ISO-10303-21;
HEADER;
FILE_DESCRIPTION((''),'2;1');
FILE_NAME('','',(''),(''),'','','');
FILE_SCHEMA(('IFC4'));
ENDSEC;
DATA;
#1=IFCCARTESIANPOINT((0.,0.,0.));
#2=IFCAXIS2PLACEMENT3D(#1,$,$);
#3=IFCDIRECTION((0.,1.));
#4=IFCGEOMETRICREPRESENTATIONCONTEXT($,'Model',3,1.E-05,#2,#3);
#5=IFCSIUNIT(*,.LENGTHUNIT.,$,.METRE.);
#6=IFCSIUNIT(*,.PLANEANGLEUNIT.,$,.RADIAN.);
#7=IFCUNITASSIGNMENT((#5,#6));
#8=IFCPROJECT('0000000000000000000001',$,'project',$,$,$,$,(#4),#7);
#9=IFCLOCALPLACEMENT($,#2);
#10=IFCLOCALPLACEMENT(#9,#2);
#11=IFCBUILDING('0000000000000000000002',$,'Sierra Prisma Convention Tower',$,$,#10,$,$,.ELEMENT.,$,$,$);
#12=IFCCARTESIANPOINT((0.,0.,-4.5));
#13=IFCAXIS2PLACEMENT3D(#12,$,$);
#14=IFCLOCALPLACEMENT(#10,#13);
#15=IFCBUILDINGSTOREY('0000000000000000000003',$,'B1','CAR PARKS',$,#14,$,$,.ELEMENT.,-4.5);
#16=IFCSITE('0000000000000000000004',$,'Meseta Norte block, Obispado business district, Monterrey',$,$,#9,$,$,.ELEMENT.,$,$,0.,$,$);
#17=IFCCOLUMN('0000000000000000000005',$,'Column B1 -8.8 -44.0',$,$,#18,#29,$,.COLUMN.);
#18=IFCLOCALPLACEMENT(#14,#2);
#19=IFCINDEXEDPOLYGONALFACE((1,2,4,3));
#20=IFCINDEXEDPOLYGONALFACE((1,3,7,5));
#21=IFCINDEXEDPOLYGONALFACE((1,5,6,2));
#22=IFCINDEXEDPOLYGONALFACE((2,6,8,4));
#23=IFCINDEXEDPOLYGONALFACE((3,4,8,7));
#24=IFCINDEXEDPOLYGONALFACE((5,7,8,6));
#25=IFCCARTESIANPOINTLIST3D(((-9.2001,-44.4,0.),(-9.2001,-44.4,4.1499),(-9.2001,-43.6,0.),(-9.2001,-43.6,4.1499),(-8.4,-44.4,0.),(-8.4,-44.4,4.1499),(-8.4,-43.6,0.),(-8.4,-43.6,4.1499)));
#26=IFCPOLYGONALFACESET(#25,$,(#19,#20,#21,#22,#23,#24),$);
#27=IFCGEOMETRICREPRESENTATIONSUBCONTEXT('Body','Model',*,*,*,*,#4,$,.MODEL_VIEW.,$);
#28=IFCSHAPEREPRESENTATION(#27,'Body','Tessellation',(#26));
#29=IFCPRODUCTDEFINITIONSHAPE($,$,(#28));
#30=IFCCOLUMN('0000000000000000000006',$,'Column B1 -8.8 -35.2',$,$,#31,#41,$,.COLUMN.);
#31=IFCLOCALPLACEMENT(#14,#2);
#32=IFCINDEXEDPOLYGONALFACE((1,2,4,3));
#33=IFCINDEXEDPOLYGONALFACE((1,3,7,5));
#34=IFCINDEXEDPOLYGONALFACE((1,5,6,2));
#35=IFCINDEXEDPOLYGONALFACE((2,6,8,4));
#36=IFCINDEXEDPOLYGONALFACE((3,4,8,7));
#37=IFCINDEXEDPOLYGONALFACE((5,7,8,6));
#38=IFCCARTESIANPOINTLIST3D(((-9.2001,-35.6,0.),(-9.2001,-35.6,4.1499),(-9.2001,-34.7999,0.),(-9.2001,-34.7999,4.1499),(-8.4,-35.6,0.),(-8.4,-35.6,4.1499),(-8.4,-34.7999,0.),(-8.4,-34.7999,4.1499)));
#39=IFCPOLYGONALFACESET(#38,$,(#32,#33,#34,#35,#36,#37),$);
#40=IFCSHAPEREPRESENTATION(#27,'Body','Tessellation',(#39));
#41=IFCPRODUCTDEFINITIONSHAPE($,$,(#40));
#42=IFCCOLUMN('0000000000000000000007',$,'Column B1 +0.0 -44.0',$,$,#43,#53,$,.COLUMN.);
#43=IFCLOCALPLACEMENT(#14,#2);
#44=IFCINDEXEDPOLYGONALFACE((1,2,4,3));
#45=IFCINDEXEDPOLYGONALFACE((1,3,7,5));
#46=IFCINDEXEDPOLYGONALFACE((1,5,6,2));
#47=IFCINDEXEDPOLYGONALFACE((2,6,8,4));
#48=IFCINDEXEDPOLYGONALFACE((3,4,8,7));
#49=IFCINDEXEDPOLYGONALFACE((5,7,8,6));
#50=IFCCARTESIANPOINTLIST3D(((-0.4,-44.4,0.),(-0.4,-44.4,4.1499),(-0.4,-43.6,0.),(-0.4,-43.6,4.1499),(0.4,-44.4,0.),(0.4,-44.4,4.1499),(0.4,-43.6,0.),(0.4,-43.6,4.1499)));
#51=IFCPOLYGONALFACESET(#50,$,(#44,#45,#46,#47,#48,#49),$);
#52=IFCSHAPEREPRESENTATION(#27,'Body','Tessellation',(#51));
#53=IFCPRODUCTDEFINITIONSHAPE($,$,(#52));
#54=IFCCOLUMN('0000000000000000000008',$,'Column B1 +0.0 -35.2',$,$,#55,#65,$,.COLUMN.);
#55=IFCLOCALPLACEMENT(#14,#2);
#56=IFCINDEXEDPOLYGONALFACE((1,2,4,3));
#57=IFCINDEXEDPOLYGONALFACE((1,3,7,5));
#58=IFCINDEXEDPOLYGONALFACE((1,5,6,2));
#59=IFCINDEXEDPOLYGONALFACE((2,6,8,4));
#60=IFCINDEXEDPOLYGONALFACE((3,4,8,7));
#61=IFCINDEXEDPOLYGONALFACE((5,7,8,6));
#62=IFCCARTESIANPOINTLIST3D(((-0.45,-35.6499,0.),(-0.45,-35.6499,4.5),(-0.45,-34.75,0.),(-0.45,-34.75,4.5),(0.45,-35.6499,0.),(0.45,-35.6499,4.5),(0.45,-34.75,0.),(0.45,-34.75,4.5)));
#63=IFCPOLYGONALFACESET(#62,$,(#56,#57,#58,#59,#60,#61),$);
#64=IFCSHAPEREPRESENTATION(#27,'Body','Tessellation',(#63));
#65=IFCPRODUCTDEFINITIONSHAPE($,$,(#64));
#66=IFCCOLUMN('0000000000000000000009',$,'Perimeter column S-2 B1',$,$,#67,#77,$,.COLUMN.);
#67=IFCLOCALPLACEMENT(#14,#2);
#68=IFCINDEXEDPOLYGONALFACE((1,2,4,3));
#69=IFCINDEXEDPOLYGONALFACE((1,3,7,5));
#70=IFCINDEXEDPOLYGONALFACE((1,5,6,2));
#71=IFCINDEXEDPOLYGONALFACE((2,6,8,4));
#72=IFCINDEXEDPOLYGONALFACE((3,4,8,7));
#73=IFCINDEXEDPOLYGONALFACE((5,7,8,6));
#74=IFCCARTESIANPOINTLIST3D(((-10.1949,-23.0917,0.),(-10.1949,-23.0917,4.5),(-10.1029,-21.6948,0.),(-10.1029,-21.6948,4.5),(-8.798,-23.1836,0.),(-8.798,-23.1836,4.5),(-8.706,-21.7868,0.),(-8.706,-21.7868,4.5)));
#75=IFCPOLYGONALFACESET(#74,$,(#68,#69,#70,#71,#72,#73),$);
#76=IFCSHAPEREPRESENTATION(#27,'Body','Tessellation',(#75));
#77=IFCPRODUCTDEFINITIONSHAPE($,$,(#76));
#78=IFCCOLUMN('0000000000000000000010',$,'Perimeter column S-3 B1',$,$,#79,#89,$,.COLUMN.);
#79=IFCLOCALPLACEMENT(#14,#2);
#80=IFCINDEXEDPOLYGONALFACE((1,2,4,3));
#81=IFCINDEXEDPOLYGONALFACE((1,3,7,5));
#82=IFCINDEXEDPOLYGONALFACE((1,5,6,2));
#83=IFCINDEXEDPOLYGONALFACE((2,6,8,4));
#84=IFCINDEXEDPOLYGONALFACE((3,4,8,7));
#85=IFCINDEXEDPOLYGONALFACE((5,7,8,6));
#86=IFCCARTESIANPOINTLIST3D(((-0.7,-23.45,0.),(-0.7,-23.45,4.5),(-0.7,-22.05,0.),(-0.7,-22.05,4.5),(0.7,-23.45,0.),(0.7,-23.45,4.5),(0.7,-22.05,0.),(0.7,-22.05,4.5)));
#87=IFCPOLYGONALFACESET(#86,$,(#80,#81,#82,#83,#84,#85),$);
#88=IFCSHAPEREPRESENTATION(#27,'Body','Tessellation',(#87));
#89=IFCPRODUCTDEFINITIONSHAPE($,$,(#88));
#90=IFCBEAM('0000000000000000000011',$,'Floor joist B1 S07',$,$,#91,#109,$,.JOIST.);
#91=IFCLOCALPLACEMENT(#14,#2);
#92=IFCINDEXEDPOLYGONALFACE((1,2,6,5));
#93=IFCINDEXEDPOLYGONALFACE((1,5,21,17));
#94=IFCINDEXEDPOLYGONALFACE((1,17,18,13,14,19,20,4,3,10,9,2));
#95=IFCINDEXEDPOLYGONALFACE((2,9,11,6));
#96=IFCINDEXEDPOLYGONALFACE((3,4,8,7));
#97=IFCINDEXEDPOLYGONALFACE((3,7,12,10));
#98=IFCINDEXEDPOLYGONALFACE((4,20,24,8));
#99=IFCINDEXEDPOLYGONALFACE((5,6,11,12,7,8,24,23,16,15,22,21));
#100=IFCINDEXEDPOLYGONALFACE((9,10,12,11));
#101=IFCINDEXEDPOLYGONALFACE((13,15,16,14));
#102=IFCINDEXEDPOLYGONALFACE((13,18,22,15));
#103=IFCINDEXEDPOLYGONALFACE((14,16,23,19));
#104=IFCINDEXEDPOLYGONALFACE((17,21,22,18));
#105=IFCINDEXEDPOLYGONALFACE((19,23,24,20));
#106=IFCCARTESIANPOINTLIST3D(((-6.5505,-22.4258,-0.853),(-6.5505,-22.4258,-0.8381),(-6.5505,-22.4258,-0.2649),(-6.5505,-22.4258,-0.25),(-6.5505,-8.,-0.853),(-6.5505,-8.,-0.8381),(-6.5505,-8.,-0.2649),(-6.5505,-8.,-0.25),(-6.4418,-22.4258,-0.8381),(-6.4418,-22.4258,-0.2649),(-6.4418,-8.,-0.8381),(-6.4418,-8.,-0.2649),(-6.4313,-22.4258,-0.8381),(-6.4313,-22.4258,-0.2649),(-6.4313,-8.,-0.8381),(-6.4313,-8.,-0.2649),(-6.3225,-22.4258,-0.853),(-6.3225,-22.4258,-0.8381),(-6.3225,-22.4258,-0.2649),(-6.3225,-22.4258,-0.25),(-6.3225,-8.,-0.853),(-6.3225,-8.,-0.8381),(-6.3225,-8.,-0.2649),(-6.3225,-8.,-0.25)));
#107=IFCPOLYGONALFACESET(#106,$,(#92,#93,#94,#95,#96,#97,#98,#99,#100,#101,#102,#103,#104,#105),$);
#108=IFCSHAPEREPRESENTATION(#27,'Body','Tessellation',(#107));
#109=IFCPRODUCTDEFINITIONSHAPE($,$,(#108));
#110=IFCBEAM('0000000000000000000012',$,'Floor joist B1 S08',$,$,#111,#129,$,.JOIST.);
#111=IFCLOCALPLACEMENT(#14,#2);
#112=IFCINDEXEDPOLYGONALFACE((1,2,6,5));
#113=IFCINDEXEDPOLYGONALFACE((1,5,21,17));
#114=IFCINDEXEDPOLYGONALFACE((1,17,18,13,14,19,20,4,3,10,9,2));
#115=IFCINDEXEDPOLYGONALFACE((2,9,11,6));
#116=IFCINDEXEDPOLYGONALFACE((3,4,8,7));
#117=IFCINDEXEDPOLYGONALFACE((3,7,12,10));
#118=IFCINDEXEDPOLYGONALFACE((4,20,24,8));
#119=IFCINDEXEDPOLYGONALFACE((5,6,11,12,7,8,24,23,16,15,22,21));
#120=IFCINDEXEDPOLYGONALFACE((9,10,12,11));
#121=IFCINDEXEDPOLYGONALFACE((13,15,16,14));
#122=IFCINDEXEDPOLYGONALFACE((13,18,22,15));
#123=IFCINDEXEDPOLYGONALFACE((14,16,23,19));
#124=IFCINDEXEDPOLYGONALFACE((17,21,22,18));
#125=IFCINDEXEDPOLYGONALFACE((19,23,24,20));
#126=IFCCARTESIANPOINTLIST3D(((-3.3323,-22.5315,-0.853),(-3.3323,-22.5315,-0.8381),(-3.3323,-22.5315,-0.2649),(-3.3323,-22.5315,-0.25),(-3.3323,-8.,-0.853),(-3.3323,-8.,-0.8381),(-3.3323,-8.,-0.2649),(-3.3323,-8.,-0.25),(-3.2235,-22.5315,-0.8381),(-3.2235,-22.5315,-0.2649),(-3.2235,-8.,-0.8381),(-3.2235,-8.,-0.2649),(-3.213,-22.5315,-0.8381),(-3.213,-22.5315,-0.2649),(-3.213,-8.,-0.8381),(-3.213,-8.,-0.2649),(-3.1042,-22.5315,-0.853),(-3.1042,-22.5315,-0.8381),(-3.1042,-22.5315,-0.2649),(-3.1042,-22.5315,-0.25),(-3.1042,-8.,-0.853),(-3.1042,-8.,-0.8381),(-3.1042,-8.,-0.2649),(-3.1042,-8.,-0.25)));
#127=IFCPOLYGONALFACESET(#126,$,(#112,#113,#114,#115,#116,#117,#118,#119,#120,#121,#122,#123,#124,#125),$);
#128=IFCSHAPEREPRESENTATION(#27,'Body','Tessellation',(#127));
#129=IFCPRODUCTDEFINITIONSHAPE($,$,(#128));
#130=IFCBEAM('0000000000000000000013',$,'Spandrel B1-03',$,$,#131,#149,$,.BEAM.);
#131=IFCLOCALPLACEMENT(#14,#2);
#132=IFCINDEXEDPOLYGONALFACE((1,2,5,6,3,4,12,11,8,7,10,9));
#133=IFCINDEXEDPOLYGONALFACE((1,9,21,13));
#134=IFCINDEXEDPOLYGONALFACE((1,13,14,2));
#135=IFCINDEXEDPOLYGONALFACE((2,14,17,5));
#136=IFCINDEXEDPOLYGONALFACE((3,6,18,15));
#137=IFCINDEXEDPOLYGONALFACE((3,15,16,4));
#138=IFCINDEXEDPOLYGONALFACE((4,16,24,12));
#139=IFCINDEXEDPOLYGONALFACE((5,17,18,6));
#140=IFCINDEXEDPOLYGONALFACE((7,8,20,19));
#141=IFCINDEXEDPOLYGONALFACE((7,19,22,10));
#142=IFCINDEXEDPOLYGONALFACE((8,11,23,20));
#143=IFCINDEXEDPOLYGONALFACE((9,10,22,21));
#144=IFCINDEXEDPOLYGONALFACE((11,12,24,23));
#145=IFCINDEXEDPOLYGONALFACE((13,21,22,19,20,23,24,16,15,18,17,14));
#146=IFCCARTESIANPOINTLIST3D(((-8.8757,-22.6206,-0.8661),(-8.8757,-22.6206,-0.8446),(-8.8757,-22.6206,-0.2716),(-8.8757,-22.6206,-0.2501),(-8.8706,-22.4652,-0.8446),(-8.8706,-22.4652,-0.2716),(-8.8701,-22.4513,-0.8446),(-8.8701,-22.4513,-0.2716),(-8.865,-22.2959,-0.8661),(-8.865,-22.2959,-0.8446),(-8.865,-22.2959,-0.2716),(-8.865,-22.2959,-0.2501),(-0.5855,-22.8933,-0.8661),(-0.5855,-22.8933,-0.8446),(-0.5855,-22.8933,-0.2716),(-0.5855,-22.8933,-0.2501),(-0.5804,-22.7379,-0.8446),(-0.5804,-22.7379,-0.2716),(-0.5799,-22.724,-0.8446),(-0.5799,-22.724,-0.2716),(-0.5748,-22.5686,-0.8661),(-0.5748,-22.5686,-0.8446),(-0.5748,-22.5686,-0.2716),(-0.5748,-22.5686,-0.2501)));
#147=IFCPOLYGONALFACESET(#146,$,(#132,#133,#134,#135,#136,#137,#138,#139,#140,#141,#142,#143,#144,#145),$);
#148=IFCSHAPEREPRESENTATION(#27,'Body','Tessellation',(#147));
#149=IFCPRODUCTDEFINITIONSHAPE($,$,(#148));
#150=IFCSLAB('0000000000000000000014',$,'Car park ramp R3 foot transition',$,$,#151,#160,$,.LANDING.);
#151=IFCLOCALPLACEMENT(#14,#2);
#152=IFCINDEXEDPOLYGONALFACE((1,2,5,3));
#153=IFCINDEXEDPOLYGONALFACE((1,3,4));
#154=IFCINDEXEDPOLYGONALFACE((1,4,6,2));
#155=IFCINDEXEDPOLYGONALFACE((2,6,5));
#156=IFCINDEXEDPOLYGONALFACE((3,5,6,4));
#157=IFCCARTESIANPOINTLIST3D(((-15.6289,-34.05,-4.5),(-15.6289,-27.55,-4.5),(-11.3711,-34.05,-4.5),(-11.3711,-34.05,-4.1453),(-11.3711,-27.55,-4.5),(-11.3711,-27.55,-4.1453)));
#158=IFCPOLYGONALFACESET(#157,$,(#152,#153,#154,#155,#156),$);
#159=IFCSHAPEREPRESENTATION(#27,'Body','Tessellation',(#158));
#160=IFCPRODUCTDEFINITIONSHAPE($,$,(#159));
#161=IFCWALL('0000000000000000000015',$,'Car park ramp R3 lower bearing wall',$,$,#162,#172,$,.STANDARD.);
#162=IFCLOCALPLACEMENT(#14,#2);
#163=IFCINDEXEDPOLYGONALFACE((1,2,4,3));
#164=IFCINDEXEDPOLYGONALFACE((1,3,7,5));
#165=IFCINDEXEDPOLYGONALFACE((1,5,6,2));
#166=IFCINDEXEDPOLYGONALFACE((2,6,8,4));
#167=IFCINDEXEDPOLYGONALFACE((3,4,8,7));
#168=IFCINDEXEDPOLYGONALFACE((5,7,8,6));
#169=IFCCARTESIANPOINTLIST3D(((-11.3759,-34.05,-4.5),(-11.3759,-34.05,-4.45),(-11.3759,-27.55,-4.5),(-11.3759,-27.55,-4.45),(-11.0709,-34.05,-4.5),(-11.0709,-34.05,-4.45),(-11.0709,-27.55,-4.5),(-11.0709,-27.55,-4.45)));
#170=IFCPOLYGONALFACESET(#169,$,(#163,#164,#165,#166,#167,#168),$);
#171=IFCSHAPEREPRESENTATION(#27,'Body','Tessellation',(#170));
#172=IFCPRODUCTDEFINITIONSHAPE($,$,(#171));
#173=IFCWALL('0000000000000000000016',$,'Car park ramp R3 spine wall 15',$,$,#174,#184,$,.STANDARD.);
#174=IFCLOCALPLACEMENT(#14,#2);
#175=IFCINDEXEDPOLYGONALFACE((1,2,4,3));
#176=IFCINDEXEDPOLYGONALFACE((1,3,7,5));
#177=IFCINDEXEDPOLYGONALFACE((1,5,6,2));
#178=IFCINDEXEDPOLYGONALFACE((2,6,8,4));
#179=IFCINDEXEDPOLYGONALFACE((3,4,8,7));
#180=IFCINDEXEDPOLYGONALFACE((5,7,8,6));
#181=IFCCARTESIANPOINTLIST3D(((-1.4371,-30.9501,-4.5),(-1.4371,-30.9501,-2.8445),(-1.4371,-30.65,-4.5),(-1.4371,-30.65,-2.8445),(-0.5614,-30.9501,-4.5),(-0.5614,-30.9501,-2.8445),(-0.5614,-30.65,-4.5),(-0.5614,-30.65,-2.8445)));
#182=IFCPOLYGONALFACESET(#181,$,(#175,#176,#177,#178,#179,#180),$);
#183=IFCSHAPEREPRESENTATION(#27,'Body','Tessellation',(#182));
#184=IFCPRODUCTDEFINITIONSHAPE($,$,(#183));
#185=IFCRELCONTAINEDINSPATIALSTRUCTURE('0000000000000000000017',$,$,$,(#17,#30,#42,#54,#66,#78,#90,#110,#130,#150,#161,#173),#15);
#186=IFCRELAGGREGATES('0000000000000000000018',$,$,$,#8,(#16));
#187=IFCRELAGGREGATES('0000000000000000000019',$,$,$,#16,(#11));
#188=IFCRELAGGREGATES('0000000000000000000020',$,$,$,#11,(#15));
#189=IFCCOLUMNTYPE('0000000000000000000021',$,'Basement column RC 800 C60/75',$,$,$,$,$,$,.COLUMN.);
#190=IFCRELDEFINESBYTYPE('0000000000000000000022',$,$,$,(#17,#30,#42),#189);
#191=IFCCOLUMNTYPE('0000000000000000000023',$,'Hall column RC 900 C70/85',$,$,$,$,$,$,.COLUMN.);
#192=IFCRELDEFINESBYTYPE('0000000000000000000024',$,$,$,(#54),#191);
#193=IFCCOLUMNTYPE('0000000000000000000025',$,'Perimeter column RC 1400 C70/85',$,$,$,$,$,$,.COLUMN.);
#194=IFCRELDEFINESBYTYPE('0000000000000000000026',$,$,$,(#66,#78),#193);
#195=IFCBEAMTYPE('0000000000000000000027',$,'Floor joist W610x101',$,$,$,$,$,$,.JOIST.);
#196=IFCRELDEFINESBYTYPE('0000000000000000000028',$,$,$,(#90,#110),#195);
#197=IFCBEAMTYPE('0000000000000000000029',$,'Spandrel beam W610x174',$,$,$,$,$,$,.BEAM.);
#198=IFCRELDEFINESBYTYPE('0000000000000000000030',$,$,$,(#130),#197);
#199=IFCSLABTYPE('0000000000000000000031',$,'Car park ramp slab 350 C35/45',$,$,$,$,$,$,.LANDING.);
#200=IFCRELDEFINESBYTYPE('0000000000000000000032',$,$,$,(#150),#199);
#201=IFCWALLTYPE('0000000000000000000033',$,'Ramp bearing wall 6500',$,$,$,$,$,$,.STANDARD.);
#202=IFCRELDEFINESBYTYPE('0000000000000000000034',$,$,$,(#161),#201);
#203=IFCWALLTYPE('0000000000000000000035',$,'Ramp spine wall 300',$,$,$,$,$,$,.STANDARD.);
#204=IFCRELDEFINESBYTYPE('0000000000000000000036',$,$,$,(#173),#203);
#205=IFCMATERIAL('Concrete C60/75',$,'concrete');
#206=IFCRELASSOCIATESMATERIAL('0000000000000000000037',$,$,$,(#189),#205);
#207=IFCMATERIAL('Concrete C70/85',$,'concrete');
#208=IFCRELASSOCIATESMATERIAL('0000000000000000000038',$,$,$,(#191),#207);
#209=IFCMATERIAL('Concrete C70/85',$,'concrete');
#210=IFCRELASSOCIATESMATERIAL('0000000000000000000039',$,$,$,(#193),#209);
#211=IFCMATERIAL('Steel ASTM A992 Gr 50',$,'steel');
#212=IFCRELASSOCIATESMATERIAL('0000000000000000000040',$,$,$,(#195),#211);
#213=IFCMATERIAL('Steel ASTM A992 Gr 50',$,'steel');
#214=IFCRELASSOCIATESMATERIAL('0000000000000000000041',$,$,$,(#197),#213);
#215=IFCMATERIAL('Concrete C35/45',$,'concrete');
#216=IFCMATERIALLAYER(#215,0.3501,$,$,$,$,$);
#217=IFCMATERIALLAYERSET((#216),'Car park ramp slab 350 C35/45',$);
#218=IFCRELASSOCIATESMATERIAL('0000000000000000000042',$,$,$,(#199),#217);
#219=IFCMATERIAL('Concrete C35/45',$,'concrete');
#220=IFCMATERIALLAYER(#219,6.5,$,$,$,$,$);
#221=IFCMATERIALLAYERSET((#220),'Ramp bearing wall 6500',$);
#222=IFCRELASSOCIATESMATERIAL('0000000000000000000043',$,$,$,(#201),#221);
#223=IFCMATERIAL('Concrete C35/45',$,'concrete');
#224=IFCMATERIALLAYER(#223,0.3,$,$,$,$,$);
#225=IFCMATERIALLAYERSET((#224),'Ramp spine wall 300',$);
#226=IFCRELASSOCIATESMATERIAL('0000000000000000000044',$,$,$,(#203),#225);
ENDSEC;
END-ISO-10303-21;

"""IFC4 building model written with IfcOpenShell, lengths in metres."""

from ifc_helpers import new_model, si_unit, direction, frame, frame_2d, origin, origin_2d, place, context, subcontext, project, spatial, polyline, rectangle, i_section, outline, extrude, material, layer, layer_set, material_profile, profile_set, type_object, element, save


model = new_model("IFC4")

# Units and contexts
model_context = context("Model", 3, precision=1e-05, world=origin(), true_north=direction((0.0, 1.0)))
body_context = subcontext(model_context, "Body", "Model", "MODEL_VIEW")
ifc_project = project(units=[si_unit("LENGTHUNIT", "METRE"), si_unit("PLANEANGLEUNIT", "RADIAN")], contexts=[model_context])

# Site, building, storey
site_placement = place(None, origin())
site = spatial("IfcSite", under=ifc_project, at=site_placement, Name="Meseta Norte block, Obispado business district, Monterrey", CompositionType="ELEMENT", RefElevation=0.0)
building_placement = place(site_placement, origin())
building = spatial("IfcBuilding", under=site, at=building_placement, Name="Sierra Prisma Convention Tower", CompositionType="ELEMENT")
storey_placement = place(building_placement, frame((0.0, 0.0, -4.5)))
storey = spatial("IfcBuildingStorey", under=building, at=storey_placement, Name="B1", Description="CAR PARKS", CompositionType="ELEMENT", Elevation=-4.5)

# Columns
ifc_material_1 = material(Name="Concrete C60/75", Category="concrete")
ifc_material_profile_1 = material_profile(ifc_material_1, rectangle(XDim=0.8, YDim=0.8, at=origin_2d()), Name="Basement column RC 800 C60/75")
ifc_profile_set_1 = profile_set([ifc_material_profile_1], Name="Concrete C60/75")
column_type_1 = type_object("IfcColumnType", Name="Basement column RC 800 C60/75", PredefinedType="COLUMN", material=ifc_profile_set_1)
for number, where, z_axis, x_axis, name in (
    (1, (-8.8, -44.0, 0.0), (0.0, 0.0, 1.0), (1.0, 0.0, 0.0), "Column B1 -8.8 -44.0"),
    (2, (-8.8, -35.2, 0.0), (0.0, 0.0, 1.0), (1.0, 0.0, 0.0), "Column B1 -8.8 -35.2"),
    (3, (0.0, -44.0, 0.0), (0.0, 0.0, 1.0), (1.0, 0.0, 0.0), "Column B1 +0.0 -44.0"),
):
    element("IfcColumn", number, at=place(storey_placement, frame(where, z_axis=z_axis, x_axis=x_axis)), inside=storey, type_object=column_type_1, Name=name, PredefinedType="COLUMN", context=body_context, shape_type="SweptSolid", body=[
        extrude(rectangle(XDim=0.8, YDim=0.8, at=origin_2d()), origin(), (0.0, 0.0, 1.0), 4.1499),
    ])
ifc_material_2 = material(Name="Concrete C70/85", Category="concrete")
ifc_material_profile_2 = material_profile(ifc_material_2, rectangle(XDim=0.8999, YDim=0.8999, at=origin_2d()), Name="Hall column RC 900 C70/85")
ifc_profile_set_2 = profile_set([ifc_material_profile_2], Name="Concrete C70/85")
column_type_2 = type_object("IfcColumnType", Name="Hall column RC 900 C70/85", PredefinedType="COLUMN", material=ifc_profile_set_2)
column_placement = place(storey_placement, frame((0.0, -35.2, 0.0), z_axis=(0.0, 0.0, 1.0), x_axis=(1.0, 0.0, 0.0)))
element("IfcColumn", 4, at=column_placement, inside=storey, type_object=column_type_2, Name="Column B1 +0.0 -35.2", PredefinedType="COLUMN", context=body_context, shape_type="SweptSolid", body=[
    extrude(rectangle(XDim=0.8999, YDim=0.8999, at=origin_2d()), origin(), (0.0, 0.0, 1.0), 4.5),
])
ifc_material_3 = material(Name="Concrete C70/85", Category="concrete")
ifc_material_profile_3 = material_profile(ifc_material_3, rectangle(XDim=1.3999, YDim=1.3999, at=origin_2d()), Name="Perimeter column RC 1400 C70/85")
ifc_profile_set_3 = profile_set([ifc_material_profile_3], Name="Concrete C70/85")
column_type_3 = type_object("IfcColumnType", Name="Perimeter column RC 1400 C70/85", PredefinedType="COLUMN", material=ifc_profile_set_3)
for number, where, z_axis, x_axis, name in (
    (5, (-9.4504, -22.4392, 0.0), (0.0, 0.0, 1.0), (-0.997839, 0.065699, 0.0), "Perimeter column S-2 B1"),
    (6, (0.0, -22.75, 0.0), (0.0, 0.0, 1.0), (1.0, 0.0, 0.0), "Perimeter column S-3 B1"),
):
    element("IfcColumn", number, at=place(storey_placement, frame(where, z_axis=z_axis, x_axis=x_axis)), inside=storey, type_object=column_type_3, Name=name, PredefinedType="COLUMN", context=body_context, shape_type="SweptSolid", body=[
        extrude(rectangle(XDim=1.3999, YDim=1.3999, at=origin_2d()), origin(), (0.0, 0.0, 1.0), 4.5),
    ])

# Beams
ifc_material_4 = material(Name="Steel ASTM A992 Gr 50", Category="steel")
ifc_material_profile_4 = material_profile(ifc_material_4, i_section(OverallWidth=0.228, OverallDepth=0.603, WebThickness=0.0105, FlangeThickness=0.0149, at=origin_2d()), Name="W610x101")
ifc_profile_set_4 = profile_set([ifc_material_profile_4], Name="Steel ASTM A992 Gr 50")
beam_type_1 = type_object("IfcBeamType", Name="Floor joist W610x101", PredefinedType="JOIST", material=ifc_profile_set_4)
beam_1_placement = place(storey_placement, frame((-6.4365, -22.4258, -0.5515), z_axis=(0.0, 1.0, 0.0), x_axis=(-1.0, 0.0, 0.0)))
element("IfcBeam", 7, at=beam_1_placement, inside=storey, type_object=beam_type_1, Name="Floor joist B1 S07", PredefinedType="JOIST", context=body_context, shape_type="SweptSolid", body=[
    extrude(i_section(OverallWidth=0.228, OverallDepth=0.603, WebThickness=0.0105, FlangeThickness=0.0149, at=origin_2d()), origin(), (0.0, 0.0, 1.0), 14.4258),
])
beam_2_placement = place(storey_placement, frame((-3.2183, -22.5315, -0.5515), z_axis=(0.0, 1.0, 0.0), x_axis=(-1.0, 0.0, 0.0)))
element("IfcBeam", 8, at=beam_2_placement, inside=storey, type_object=beam_type_1, Name="Floor joist B1 S08", PredefinedType="JOIST", context=body_context, shape_type="SweptSolid", body=[
    extrude(i_section(OverallWidth=0.228, OverallDepth=0.603, WebThickness=0.0105, FlangeThickness=0.0149, at=origin_2d()), origin(), (0.0, 0.0, 1.0), 14.5315),
])
ifc_material_5 = material(Name="Steel ASTM A992 Gr 50", Category="steel")
ifc_material_profile_5 = material_profile(ifc_material_5, i_section(OverallWidth=0.325, OverallDepth=0.616, WebThickness=0.0139, FlangeThickness=0.0215, at=origin_2d()), Name="W610x174")
ifc_profile_set_5 = profile_set([ifc_material_profile_5], Name="Steel ASTM A992 Gr 50")
beam_type_2 = type_object("IfcBeamType", Name="Spandrel beam W610x174", PredefinedType="BEAM", material=ifc_profile_set_5)
beam_3_placement = place(storey_placement, frame((-8.8704, -22.4583, -0.5581), z_axis=(0.999459, -0.032877, 0.0), x_axis=(0.032877, 0.999459, 0.0)))
element("IfcBeam", 9, at=beam_3_placement, inside=storey, type_object=beam_type_2, Name="Spandrel B1-03", PredefinedType="BEAM", context=body_context, shape_type="SweptSolid", body=[
    extrude(i_section(OverallWidth=0.325, OverallDepth=0.616, WebThickness=0.0139, FlangeThickness=0.0215, at=origin_2d()), origin(), (0.0, 0.0, 1.0), 8.2947),
])

# Slab
ifc_material_6 = material(Name="Concrete C35/45", Category="concrete")
ifc_layer_1 = layer(ifc_material_6, 0.3501)
ifc_layer_set_1 = layer_set([ifc_layer_1], Name="Car park ramp slab 350 C35/45")
slab_type = type_object("IfcSlabType", Name="Car park ramp slab 350 C35/45", PredefinedType="LANDING", material=ifc_layer_set_1)
slab_placement = place(storey_placement, frame((-11.3711, -30.8, -4.5), z_axis=(0.0, 0.0, 1.0), x_axis=(-1.0, 0.0, 0.0)))
element("IfcSlab", 10, at=slab_placement, inside=storey, type_object=slab_type, Name="Car park ramp R3 foot transition", PredefinedType="LANDING", context=body_context, shape_type="SweptSolid", body=[
    extrude(outline(polyline([(0.0, 0.0), (4.2578, 0.0), (4.2578, 0.0), (0.0, 0.3547), (0.0, 0.0)])), frame((0.0, 3.25, 0.0), z_axis=(0.0, -1.0, 0.0), x_axis=(1.0, 0.0, 0.0)), (0.0, 0.0, 1.0), 6.5),
])

# Walls
ifc_material_7 = material(Name="Concrete C35/45", Category="concrete")
ifc_layer_2 = layer(ifc_material_7, 6.5)
ifc_layer_set_2 = layer_set([ifc_layer_2], Name="Ramp bearing wall 6500")
wall_type_1 = type_object("IfcWallType", Name="Ramp bearing wall 6500", PredefinedType="STANDARD", material=ifc_layer_set_2)
wall_1_placement = place(storey_placement, frame((-11.071, -30.8, -4.5), z_axis=(0.0, 0.0, 1.0), x_axis=(-1.0, 0.0, 0.0)))
element("IfcWall", 11, at=wall_1_placement, inside=storey, type_object=wall_type_1, Name="Car park ramp R3 lower bearing wall", PredefinedType="STANDARD", context=body_context, shape_type="SweptSolid", body=[
    extrude(rectangle(XDim=0.3049, YDim=6.5, at=frame_2d((0.1523, 0.0))), origin(), (0.0, 0.0, 1.0), 0.05),
])
ifc_material_8 = material(Name="Concrete C35/45", Category="concrete")
ifc_layer_3 = layer(ifc_material_8, 0.3)
ifc_layer_set_3 = layer_set([ifc_layer_3], Name="Ramp spine wall 300")
wall_type_2 = type_object("IfcWallType", Name="Ramp spine wall 300", PredefinedType="STANDARD", material=ifc_layer_set_3)
wall_2_placement = place(storey_placement, frame((-0.5613, -30.8, -4.5), z_axis=(0.0, 0.0, 1.0), x_axis=(-1.0, 0.0, 0.0)))
element("IfcWall", 12, at=wall_2_placement, inside=storey, type_object=wall_type_2, Name="Car park ramp R3 spine wall 15", PredefinedType="STANDARD", context=body_context, shape_type="SweptSolid", body=[
    extrude(rectangle(XDim=0.8757, YDim=0.3, at=frame_2d((0.438, 0.0))), origin(), (0.0, 0.0, 1.0), 1.6555),
])

save(model, "model.ifc")
